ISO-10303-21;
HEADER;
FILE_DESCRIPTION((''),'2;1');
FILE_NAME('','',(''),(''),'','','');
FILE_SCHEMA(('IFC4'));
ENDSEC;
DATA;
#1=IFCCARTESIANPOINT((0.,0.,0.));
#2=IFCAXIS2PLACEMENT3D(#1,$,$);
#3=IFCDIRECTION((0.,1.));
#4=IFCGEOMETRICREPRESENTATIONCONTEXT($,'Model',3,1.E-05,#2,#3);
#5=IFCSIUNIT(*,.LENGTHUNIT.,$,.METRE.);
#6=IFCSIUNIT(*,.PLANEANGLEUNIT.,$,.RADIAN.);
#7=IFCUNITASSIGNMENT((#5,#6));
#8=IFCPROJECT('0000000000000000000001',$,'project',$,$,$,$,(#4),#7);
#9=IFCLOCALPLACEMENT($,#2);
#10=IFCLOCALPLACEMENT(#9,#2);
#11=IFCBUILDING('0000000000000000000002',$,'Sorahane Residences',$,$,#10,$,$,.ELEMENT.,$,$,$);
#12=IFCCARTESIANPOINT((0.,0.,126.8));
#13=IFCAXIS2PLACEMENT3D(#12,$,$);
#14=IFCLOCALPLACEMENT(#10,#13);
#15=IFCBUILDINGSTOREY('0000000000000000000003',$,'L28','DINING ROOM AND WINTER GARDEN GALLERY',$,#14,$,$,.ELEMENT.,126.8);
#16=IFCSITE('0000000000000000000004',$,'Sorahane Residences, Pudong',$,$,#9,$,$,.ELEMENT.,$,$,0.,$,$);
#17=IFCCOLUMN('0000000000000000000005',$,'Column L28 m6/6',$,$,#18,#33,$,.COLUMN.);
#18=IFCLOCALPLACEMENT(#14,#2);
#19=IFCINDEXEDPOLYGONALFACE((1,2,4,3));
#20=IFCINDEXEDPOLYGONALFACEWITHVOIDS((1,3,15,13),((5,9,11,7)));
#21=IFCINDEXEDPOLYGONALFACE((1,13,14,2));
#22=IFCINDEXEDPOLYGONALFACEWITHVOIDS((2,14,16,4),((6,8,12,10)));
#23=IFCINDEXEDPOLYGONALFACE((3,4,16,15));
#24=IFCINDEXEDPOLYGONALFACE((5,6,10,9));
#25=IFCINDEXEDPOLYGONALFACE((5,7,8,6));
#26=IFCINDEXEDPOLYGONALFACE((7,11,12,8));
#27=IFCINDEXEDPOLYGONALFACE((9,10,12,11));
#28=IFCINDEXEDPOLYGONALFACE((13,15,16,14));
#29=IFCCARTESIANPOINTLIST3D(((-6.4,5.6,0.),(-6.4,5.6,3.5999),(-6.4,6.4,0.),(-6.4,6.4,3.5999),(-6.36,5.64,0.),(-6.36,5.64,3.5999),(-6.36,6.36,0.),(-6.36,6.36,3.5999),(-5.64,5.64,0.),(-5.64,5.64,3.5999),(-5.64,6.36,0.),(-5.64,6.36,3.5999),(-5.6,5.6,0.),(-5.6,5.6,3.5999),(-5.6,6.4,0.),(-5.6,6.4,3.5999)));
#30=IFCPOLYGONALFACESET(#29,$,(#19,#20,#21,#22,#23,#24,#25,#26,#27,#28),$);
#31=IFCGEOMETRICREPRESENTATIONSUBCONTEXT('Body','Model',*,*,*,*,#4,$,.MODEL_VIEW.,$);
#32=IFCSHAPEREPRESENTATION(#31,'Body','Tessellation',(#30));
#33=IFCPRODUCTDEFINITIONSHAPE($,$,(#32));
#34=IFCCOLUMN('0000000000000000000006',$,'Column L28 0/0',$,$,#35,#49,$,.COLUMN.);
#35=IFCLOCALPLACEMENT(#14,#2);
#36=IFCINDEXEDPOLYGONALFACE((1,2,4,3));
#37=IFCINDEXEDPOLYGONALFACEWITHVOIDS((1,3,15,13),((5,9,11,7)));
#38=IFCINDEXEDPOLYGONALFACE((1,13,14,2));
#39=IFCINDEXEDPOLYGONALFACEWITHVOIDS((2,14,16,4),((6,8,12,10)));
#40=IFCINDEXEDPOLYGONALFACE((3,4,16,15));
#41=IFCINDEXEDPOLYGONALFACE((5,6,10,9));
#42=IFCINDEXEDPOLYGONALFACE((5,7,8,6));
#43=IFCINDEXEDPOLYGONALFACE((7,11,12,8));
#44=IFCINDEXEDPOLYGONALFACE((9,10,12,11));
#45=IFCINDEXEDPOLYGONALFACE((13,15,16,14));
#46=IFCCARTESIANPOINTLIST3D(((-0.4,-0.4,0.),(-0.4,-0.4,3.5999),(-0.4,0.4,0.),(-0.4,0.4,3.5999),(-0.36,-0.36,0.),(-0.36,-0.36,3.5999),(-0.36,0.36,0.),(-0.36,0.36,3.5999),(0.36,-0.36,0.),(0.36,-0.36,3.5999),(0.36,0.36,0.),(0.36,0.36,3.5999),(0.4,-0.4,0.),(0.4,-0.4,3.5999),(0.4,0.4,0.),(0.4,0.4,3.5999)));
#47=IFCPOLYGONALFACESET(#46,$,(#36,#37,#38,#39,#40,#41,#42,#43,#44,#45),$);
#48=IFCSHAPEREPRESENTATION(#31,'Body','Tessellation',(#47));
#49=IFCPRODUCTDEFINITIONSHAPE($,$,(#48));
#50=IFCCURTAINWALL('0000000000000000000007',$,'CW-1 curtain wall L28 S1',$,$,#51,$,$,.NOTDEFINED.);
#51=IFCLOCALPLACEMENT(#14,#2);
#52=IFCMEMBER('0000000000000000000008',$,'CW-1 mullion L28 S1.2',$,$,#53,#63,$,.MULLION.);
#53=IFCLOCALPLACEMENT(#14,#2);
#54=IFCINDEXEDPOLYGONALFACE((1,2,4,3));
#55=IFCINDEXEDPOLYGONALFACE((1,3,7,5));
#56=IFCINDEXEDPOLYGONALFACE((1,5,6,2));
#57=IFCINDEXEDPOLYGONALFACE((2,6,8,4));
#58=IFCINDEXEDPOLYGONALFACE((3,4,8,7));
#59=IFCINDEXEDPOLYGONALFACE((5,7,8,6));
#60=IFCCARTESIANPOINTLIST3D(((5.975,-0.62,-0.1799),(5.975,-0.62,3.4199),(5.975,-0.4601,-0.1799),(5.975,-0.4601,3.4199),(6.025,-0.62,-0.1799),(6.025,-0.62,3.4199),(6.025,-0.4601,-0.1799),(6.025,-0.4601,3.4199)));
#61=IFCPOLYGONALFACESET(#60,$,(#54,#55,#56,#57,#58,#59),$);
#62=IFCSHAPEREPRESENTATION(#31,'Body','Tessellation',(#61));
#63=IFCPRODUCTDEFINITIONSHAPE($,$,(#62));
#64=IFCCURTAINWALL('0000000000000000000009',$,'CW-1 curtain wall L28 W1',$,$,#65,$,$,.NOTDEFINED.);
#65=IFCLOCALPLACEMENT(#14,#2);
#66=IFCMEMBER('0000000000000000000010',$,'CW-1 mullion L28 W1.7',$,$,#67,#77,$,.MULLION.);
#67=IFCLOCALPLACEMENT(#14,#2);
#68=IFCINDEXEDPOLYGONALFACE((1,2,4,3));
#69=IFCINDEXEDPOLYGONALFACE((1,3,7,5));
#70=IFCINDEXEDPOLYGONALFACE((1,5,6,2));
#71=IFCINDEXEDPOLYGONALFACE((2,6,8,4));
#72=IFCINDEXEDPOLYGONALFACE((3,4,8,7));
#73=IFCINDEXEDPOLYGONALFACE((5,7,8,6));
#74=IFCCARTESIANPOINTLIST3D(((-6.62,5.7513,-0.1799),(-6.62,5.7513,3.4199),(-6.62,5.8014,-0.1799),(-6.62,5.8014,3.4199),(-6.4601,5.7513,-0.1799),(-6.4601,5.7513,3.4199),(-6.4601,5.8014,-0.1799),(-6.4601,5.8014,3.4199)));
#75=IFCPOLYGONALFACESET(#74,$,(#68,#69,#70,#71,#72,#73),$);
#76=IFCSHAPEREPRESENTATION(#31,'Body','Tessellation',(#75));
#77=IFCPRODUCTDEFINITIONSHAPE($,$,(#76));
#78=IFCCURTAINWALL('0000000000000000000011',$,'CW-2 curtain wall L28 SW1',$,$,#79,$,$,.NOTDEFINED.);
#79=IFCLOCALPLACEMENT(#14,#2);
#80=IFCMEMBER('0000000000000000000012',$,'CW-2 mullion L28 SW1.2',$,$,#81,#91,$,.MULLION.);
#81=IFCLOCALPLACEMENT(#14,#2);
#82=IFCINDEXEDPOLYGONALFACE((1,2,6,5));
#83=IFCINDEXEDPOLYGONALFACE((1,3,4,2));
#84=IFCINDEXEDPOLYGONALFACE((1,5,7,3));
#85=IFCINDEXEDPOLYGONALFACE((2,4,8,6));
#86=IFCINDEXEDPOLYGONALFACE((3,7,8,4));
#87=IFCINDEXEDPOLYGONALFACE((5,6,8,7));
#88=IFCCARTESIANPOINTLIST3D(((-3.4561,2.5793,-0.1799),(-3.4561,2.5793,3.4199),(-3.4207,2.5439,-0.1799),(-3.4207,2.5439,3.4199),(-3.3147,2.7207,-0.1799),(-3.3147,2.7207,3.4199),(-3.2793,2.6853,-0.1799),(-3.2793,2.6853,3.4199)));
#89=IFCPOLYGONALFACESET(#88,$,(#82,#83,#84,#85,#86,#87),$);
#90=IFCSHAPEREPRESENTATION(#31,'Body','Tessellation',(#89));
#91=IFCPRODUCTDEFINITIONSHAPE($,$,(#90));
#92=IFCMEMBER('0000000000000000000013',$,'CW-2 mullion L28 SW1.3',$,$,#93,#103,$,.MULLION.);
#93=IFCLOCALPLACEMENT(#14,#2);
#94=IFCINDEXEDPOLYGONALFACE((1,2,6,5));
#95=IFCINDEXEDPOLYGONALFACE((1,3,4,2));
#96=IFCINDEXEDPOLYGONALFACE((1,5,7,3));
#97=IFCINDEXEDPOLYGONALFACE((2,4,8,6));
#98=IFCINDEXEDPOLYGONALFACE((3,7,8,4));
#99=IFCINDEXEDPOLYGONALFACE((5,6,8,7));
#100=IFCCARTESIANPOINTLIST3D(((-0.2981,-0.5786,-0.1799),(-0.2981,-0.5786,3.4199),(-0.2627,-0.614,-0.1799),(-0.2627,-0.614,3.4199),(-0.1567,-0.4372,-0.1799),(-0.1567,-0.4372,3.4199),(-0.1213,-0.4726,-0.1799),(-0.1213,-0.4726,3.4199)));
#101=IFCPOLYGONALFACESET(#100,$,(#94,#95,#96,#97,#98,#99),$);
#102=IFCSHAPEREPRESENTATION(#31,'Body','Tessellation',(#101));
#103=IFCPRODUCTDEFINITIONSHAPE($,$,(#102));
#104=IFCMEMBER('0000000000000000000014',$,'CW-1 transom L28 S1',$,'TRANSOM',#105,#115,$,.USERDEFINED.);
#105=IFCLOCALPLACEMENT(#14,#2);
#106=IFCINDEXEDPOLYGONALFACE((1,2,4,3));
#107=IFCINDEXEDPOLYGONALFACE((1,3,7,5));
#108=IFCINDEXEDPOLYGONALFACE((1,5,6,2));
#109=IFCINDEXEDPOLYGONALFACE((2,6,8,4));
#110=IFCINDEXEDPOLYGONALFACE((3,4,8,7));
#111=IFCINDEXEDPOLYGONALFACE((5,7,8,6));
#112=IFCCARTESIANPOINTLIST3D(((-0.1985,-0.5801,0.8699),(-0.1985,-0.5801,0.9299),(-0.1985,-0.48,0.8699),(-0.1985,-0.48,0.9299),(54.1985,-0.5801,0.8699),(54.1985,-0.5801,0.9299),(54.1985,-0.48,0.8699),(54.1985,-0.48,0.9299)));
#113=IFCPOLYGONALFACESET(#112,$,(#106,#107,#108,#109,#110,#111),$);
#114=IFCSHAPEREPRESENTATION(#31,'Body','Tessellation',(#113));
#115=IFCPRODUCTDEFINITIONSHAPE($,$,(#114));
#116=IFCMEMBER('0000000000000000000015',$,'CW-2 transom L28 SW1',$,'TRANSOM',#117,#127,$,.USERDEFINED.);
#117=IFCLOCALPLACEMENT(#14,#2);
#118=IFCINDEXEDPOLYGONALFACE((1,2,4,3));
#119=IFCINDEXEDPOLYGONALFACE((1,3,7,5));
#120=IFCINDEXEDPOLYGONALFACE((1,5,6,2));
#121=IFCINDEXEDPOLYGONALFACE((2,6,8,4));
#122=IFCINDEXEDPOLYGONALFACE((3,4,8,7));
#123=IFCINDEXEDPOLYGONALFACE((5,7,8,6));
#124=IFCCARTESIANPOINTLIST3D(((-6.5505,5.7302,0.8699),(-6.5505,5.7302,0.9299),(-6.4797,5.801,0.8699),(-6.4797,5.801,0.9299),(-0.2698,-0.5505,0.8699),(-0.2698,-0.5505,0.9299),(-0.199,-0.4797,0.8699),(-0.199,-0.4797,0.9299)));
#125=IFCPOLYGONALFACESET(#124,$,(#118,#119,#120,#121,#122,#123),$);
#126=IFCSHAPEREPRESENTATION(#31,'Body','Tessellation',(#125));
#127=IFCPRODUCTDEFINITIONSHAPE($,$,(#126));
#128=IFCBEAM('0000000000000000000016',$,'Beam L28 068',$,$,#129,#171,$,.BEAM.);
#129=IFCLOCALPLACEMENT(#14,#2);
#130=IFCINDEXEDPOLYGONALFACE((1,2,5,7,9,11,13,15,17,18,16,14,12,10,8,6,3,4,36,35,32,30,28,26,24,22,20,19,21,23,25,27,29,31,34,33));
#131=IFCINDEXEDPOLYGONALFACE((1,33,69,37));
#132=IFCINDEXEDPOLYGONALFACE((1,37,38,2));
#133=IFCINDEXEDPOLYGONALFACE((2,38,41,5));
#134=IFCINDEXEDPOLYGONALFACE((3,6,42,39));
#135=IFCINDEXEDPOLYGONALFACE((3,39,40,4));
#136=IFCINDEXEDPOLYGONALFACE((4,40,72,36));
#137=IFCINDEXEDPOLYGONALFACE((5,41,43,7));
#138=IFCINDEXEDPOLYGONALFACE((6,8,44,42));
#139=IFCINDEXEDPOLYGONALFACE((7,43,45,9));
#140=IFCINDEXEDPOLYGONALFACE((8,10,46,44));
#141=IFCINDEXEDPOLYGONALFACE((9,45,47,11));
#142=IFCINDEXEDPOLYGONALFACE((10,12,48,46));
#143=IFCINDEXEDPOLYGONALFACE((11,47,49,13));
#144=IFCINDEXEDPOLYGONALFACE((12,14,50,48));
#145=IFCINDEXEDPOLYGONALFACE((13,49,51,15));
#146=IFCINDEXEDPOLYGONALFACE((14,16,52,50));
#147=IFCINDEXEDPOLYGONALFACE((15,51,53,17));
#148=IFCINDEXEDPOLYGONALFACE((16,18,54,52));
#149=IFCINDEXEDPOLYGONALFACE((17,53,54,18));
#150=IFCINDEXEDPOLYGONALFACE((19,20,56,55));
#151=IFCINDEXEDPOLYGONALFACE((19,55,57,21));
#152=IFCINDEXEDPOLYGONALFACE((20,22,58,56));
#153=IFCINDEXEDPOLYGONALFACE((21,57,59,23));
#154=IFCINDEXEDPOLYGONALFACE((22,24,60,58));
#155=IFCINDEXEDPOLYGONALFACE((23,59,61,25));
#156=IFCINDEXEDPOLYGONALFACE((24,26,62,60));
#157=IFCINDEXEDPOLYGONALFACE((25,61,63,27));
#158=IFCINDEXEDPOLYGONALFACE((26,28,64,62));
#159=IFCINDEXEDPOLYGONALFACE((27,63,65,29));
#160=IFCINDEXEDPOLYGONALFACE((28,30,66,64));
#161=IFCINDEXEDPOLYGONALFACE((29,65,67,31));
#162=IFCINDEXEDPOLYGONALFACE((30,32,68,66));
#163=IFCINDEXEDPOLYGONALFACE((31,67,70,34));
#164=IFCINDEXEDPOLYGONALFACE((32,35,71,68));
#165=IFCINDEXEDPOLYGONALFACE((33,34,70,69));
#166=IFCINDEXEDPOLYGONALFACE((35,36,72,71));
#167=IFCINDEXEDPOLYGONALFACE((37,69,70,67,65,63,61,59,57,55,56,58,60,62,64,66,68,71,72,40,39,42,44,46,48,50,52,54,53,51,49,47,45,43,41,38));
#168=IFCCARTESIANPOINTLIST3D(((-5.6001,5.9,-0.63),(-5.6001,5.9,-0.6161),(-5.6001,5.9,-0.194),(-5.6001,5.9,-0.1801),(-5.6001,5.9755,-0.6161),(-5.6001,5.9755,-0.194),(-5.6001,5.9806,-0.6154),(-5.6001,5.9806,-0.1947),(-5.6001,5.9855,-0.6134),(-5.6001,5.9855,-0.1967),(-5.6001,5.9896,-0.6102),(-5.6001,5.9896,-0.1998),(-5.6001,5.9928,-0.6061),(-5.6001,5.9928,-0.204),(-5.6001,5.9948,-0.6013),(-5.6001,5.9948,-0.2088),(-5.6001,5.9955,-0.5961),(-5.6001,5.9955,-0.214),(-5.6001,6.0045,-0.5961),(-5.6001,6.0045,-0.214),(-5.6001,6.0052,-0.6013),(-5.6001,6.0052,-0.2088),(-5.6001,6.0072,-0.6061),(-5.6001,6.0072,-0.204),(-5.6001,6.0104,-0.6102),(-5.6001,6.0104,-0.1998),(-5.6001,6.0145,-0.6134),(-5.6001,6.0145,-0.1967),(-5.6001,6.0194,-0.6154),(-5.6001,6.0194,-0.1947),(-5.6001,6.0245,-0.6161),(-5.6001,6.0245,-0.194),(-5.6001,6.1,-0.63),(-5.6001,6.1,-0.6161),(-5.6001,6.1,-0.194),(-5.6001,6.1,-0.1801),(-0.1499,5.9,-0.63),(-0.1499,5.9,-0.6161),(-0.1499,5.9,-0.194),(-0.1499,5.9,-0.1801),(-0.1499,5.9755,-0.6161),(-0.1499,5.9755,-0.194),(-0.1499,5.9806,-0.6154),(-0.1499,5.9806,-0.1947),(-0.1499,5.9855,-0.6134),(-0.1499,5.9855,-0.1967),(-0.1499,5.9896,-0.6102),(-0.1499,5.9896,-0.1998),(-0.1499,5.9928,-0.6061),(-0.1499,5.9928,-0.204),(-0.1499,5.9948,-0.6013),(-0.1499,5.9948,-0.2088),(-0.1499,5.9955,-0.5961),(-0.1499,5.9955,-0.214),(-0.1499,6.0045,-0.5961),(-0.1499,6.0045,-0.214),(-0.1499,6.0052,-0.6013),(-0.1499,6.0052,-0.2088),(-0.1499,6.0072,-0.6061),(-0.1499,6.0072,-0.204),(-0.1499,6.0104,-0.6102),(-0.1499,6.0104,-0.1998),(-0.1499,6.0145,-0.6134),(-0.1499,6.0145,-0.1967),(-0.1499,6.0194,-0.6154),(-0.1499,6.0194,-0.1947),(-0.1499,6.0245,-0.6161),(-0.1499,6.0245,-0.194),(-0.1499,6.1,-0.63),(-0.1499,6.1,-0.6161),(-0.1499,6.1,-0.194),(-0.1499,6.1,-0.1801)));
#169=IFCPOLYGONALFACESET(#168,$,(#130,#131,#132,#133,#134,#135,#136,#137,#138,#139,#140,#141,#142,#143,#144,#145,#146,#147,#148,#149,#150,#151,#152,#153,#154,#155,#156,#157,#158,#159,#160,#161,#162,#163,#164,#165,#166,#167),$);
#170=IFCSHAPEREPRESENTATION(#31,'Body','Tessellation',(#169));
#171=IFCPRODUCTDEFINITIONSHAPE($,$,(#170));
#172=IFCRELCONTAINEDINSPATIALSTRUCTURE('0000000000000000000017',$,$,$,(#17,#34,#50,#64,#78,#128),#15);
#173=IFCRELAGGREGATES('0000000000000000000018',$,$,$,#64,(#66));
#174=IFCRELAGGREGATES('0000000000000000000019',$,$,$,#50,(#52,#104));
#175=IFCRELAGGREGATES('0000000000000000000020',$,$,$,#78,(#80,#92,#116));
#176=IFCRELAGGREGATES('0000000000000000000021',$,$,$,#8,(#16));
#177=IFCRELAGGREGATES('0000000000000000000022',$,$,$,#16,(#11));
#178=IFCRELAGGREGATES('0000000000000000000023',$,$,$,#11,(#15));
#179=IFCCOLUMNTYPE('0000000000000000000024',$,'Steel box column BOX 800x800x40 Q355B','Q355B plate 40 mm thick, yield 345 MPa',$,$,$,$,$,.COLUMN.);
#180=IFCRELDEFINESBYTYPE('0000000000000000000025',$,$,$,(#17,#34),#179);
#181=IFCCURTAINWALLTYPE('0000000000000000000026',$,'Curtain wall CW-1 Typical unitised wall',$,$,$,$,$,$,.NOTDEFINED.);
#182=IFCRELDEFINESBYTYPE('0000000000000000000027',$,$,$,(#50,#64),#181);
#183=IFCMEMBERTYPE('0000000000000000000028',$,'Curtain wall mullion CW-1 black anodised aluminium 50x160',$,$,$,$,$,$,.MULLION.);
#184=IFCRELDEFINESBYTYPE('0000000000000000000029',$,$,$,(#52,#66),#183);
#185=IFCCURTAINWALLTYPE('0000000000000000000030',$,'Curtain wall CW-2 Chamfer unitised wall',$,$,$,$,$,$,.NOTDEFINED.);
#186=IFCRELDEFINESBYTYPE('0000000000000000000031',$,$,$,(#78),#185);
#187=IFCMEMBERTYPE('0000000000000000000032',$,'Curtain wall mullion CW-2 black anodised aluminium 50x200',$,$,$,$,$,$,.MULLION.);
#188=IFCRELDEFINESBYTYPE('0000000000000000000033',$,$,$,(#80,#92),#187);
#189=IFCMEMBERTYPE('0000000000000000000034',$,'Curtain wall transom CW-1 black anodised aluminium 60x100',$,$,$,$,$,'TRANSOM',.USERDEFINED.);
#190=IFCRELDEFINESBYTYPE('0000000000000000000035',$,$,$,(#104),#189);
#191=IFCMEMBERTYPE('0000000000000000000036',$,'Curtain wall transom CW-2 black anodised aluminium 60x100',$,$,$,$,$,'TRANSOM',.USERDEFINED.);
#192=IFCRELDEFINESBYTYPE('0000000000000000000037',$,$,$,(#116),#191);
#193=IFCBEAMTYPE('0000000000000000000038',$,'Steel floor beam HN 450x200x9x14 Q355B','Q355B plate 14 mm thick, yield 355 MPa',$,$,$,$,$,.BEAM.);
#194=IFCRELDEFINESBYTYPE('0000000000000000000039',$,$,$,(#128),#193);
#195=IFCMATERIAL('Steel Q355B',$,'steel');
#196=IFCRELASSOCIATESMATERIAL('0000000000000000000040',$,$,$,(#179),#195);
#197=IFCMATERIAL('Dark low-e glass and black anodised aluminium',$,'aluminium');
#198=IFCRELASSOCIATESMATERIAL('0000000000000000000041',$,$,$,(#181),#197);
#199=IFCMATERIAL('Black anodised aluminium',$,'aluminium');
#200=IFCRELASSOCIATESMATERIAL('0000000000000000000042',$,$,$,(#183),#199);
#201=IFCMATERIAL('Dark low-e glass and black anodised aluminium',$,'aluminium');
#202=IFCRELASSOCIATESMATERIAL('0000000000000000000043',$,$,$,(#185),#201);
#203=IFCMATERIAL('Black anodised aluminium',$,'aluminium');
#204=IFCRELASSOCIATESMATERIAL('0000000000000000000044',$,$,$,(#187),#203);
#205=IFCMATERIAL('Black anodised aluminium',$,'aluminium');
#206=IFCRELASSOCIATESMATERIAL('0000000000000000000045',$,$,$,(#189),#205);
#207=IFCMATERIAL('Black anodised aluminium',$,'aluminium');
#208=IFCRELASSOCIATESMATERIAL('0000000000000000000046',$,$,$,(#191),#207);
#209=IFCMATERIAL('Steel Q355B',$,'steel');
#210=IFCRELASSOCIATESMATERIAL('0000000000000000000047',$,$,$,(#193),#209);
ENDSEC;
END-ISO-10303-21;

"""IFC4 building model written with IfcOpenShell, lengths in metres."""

from ifc_helpers import new_model, si_unit, direction, frame, origin, origin_2d, place, context, subcontext, project, spatial, rectangle, hollow_rectangle, i_section, extrude, material, material_profile, profile_set, type_object, element, aggregate, save


model = new_model("IFC4")

# Units and contexts
model_context = context("Model", 3, precision=1e-05, world=origin(), true_north=direction((0.0, 1.0)))
body_context = subcontext(model_context, "Body", "Model", "MODEL_VIEW")
ifc_project = project(units=[si_unit("LENGTHUNIT", "METRE"), si_unit("PLANEANGLEUNIT", "RADIAN")], contexts=[model_context])

# Site, building, storey
site_placement = place(None, origin())
site = spatial("IfcSite", under=ifc_project, at=site_placement, Name="Sorahane Residences, Pudong", CompositionType="ELEMENT", RefElevation=0.0)
building_placement = place(site_placement, origin())
building = spatial("IfcBuilding", under=site, at=building_placement, Name="Sorahane Residences", CompositionType="ELEMENT")
storey_placement = place(building_placement, frame((0.0, 0.0, 126.8)))
storey = spatial("IfcBuildingStorey", under=building, at=storey_placement, Name="L28", Description="DINING ROOM AND WINTER GARDEN GALLERY", CompositionType="ELEMENT", Elevation=126.8)

# Columns
ifc_material_1 = material(Name="Steel Q355B", Category="steel")
ifc_material_profile_1 = material_profile(ifc_material_1, hollow_rectangle(XDim=0.8, YDim=0.8, WallThickness=0.04, at=origin_2d()), Name="BOX 800x800x40")
ifc_profile_set_1 = profile_set([ifc_material_profile_1], Name="Steel Q355B")
column_type = type_object("IfcColumnType", Name="Steel box column BOX 800x800x40 Q355B", Description="Q355B plate 40 mm thick, yield 345 MPa", PredefinedType="COLUMN", material=ifc_profile_set_1)
for number, where, z_axis, x_axis, name in (
    (1, (-6.0, 6.0, 0.0), (0.0, 0.0, 1.0), (1.0, 0.0, 0.0), "Column L28 m6/6"),
    (2, (0.0, 0.0, 0.0), (0.0, 0.0, 1.0), (1.0, 0.0, 0.0), "Column L28 0/0"),
):
    element("IfcColumn", number, at=place(storey_placement, frame(where, z_axis=z_axis, x_axis=x_axis)), inside=storey, type_object=column_type, Name=name, PredefinedType="COLUMN", context=body_context, shape_type="SweptSolid", body=[
        extrude(hollow_rectangle(XDim=0.8, YDim=0.8, WallThickness=0.04, at=origin_2d()), origin(), (0.0, 0.0, 1.0), 3.5999),
    ])

# Curtain walls, members
ifc_material_2 = material(Name="Dark low-e glass and black anodised aluminium", Category="aluminium")
curtain_wall_type_1 = type_object("IfcCurtainWallType", Name="Curtain wall CW-1 Typical unitised wall", PredefinedType="NOTDEFINED", material=ifc_material_2)
curtain_wall_1_placement = place(storey_placement, origin())
curtain_wall_1 = element("IfcCurtainWall", 3, at=curtain_wall_1_placement, inside=storey, type_object=curtain_wall_type_1, Name="CW-1 curtain wall L28 S1", PredefinedType="NOTDEFINED")
ifc_material_3 = material(Name="Black anodised aluminium", Category="aluminium")
ifc_material_profile_2 = material_profile(ifc_material_3, rectangle(XDim=0.1599, YDim=0.05, at=origin_2d()), Name="Curtain wall mullion CW-1 black anodised aluminium 50x160")
ifc_profile_set_2 = profile_set([ifc_material_profile_2], Name="Black anodised aluminium")
member_type_1 = type_object("IfcMemberType", Name="Curtain wall mullion CW-1 black anodised aluminium 50x160", PredefinedType="MULLION", material=ifc_profile_set_2)
member_1_placement = place(storey_placement, frame((6.0, -0.54, -0.1799), z_axis=(0.0, 0.0, 1.0), x_axis=(0.0, -1.0, 0.0)))
member_1 = element("IfcMember", 4, at=member_1_placement, type_object=member_type_1, Name="CW-1 mullion L28 S1.2", PredefinedType="MULLION", context=body_context, shape_type="SweptSolid", body=[
    extrude(rectangle(XDim=0.1599, YDim=0.05, at=origin_2d()), origin(), (0.0, 0.0, 1.0), 3.5999),
])
curtain_wall_2_placement = place(storey_placement, origin())
curtain_wall_2 = element("IfcCurtainWall", 5, at=curtain_wall_2_placement, inside=storey, type_object=curtain_wall_type_1, Name="CW-1 curtain wall L28 W1", PredefinedType="NOTDEFINED")
member_2_placement = place(storey_placement, frame((-6.54, 5.7764, -0.1799), z_axis=(0.0, 0.0, 1.0), x_axis=(-1.0, 0.0, 0.0)))
member_2 = element("IfcMember", 6, at=member_2_placement, type_object=member_type_1, Name="CW-1 mullion L28 W1.7", PredefinedType="MULLION", context=body_context, shape_type="SweptSolid", body=[
    extrude(rectangle(XDim=0.1599, YDim=0.05, at=origin_2d()), origin(), (0.0, 0.0, 1.0), 3.5999),
])
aggregate(curtain_wall_2, [member_2])

# Curtain wall, members
ifc_material_4 = material(Name="Dark low-e glass and black anodised aluminium", Category="aluminium")
curtain_wall_type_2 = type_object("IfcCurtainWallType", Name="Curtain wall CW-2 Chamfer unitised wall", PredefinedType="NOTDEFINED", material=ifc_material_4)
curtain_wall_3_placement = place(storey_placement, origin())
curtain_wall_3 = element("IfcCurtainWall", 7, at=curtain_wall_3_placement, inside=storey, type_object=curtain_wall_type_2, Name="CW-2 curtain wall L28 SW1", PredefinedType="NOTDEFINED")
ifc_material_5 = material(Name="Black anodised aluminium", Category="aluminium")
ifc_material_profile_3 = material_profile(ifc_material_5, rectangle(XDim=0.2, YDim=0.05, at=origin_2d()), Name="Curtain wall mullion CW-2 black anodised aluminium 50x200")
ifc_profile_set_3 = profile_set([ifc_material_profile_3], Name="Black anodised aluminium")
member_type_2 = type_object("IfcMemberType", Name="Curtain wall mullion CW-2 black anodised aluminium 50x200", PredefinedType="MULLION", material=ifc_profile_set_3)
member_3_placement = place(storey_placement, frame((-3.3677, 2.6323, -0.1799), z_axis=(0.0, 0.0, 1.0), x_axis=(-0.707107, -0.707107, 0.0)))
member_3 = element("IfcMember", 8, at=member_3_placement, type_object=member_type_2, Name="CW-2 mullion L28 SW1.2", PredefinedType="MULLION", context=body_context, shape_type="SweptSolid", body=[
    extrude(rectangle(XDim=0.2, YDim=0.05, at=origin_2d()), origin(), (0.0, 0.0, 1.0), 3.5999),
])
member_4_placement = place(storey_placement, frame((-0.2097, -0.5256, -0.1799), z_axis=(0.0, 0.0, 1.0), x_axis=(-0.707107, -0.707107, 0.0)))
member_4 = element("IfcMember", 9, at=member_4_placement, type_object=member_type_2, Name="CW-2 mullion L28 SW1.3", PredefinedType="MULLION", context=body_context, shape_type="SweptSolid", body=[
    extrude(rectangle(XDim=0.2, YDim=0.05, at=origin_2d()), origin(), (0.0, 0.0, 1.0), 3.5999),
])

# Members
ifc_material_6 = material(Name="Black anodised aluminium", Category="aluminium")
ifc_material_profile_4 = material_profile(ifc_material_6, rectangle(XDim=0.1001, YDim=0.0601, at=origin_2d()), Name="Curtain wall transom CW-1 black anodised aluminium 60x100")
ifc_profile_set_4 = profile_set([ifc_material_profile_4], Name="Black anodised aluminium")
member_type_3 = type_object("IfcMemberType", Name="Curtain wall transom CW-1 black anodised aluminium 60x100", ElementType="TRANSOM", PredefinedType="USERDEFINED", material=ifc_profile_set_4)
member_5_placement = place(storey_placement, frame((-0.1985, -0.53, 0.8999), z_axis=(1.0, 0.0, 0.0), x_axis=(0.0, 1.0, 0.0)))
member_5 = element("IfcMember", 10, at=member_5_placement, type_object=member_type_3, Name="CW-1 transom L28 S1", ObjectType="TRANSOM", PredefinedType="USERDEFINED", context=body_context, shape_type="SweptSolid", body=[
    extrude(rectangle(XDim=0.1001, YDim=0.0601, at=origin_2d()), origin(), (0.0, 0.0, 1.0), 54.397),
])
ifc_material_7 = material(Name="Black anodised aluminium", Category="aluminium")
ifc_material_profile_5 = material_profile(ifc_material_7, rectangle(XDim=0.1001, YDim=0.0601, at=origin_2d()), Name="Curtain wall transom CW-2 black anodised aluminium 60x100")
ifc_profile_set_5 = profile_set([ifc_material_profile_5], Name="Black anodised aluminium")
member_type_4 = type_object("IfcMemberType", Name="Curtain wall transom CW-2 black anodised aluminium 60x100", ElementType="TRANSOM", PredefinedType="USERDEFINED", material=ifc_profile_set_5)
member_6_placement = place(storey_placement, frame((-6.5151, 5.7656, 0.8999), z_axis=(0.707107, -0.707107, 0.0), x_axis=(0.707107, 0.707107, 0.0)))
member_6 = element("IfcMember", 11, at=member_6_placement, type_object=member_type_4, Name="CW-2 transom L28 SW1", ObjectType="TRANSOM", PredefinedType="USERDEFINED", context=body_context, shape_type="SweptSolid", body=[
    extrude(rectangle(XDim=0.1001, YDim=0.0601, at=origin_2d()), origin(), (0.0, 0.0, 1.0), 8.8823),
])

# Beam
ifc_material_8 = material(Name="Steel Q355B", Category="steel")
ifc_material_profile_6 = material_profile(ifc_material_8, i_section(OverallWidth=0.2, OverallDepth=0.45, WebThickness=0.009, FlangeThickness=0.0139, FilletRadius=0.02, at=origin_2d()), Name="HN 450x200x9x14")
ifc_profile_set_6 = profile_set([ifc_material_profile_6], Name="Steel Q355B")
beam_type_1 = type_object("IfcBeamType", Name="Steel floor beam HN 450x200x9x14 Q355B", Description="Q355B plate 14 mm thick, yield 355 MPa", PredefinedType="BEAM", material=ifc_profile_set_6)
beam_1_placement = place(storey_placement, frame((-5.6001, 6.0, -0.405), z_axis=(1.0, 0.0, 0.0), x_axis=(0.0, 1.0, 0.0)))
element("IfcBeam", 12, at=beam_1_placement, inside=storey, type_object=beam_type_1, Name="Beam L28 068", PredefinedType="BEAM", context=body_context, shape_type="SweptSolid", body=[
    extrude(i_section(OverallWidth=0.2, OverallDepth=0.45, WebThickness=0.009, FlangeThickness=0.0139, FilletRadius=0.02, at=origin_2d()), origin(), (0.0, 0.0, 1.0), 5.4502),
])

aggregate(curtain_wall_1, [member_1, member_5])
aggregate(curtain_wall_3, [member_3, member_4, member_6])

save(model, "model.ifc")
